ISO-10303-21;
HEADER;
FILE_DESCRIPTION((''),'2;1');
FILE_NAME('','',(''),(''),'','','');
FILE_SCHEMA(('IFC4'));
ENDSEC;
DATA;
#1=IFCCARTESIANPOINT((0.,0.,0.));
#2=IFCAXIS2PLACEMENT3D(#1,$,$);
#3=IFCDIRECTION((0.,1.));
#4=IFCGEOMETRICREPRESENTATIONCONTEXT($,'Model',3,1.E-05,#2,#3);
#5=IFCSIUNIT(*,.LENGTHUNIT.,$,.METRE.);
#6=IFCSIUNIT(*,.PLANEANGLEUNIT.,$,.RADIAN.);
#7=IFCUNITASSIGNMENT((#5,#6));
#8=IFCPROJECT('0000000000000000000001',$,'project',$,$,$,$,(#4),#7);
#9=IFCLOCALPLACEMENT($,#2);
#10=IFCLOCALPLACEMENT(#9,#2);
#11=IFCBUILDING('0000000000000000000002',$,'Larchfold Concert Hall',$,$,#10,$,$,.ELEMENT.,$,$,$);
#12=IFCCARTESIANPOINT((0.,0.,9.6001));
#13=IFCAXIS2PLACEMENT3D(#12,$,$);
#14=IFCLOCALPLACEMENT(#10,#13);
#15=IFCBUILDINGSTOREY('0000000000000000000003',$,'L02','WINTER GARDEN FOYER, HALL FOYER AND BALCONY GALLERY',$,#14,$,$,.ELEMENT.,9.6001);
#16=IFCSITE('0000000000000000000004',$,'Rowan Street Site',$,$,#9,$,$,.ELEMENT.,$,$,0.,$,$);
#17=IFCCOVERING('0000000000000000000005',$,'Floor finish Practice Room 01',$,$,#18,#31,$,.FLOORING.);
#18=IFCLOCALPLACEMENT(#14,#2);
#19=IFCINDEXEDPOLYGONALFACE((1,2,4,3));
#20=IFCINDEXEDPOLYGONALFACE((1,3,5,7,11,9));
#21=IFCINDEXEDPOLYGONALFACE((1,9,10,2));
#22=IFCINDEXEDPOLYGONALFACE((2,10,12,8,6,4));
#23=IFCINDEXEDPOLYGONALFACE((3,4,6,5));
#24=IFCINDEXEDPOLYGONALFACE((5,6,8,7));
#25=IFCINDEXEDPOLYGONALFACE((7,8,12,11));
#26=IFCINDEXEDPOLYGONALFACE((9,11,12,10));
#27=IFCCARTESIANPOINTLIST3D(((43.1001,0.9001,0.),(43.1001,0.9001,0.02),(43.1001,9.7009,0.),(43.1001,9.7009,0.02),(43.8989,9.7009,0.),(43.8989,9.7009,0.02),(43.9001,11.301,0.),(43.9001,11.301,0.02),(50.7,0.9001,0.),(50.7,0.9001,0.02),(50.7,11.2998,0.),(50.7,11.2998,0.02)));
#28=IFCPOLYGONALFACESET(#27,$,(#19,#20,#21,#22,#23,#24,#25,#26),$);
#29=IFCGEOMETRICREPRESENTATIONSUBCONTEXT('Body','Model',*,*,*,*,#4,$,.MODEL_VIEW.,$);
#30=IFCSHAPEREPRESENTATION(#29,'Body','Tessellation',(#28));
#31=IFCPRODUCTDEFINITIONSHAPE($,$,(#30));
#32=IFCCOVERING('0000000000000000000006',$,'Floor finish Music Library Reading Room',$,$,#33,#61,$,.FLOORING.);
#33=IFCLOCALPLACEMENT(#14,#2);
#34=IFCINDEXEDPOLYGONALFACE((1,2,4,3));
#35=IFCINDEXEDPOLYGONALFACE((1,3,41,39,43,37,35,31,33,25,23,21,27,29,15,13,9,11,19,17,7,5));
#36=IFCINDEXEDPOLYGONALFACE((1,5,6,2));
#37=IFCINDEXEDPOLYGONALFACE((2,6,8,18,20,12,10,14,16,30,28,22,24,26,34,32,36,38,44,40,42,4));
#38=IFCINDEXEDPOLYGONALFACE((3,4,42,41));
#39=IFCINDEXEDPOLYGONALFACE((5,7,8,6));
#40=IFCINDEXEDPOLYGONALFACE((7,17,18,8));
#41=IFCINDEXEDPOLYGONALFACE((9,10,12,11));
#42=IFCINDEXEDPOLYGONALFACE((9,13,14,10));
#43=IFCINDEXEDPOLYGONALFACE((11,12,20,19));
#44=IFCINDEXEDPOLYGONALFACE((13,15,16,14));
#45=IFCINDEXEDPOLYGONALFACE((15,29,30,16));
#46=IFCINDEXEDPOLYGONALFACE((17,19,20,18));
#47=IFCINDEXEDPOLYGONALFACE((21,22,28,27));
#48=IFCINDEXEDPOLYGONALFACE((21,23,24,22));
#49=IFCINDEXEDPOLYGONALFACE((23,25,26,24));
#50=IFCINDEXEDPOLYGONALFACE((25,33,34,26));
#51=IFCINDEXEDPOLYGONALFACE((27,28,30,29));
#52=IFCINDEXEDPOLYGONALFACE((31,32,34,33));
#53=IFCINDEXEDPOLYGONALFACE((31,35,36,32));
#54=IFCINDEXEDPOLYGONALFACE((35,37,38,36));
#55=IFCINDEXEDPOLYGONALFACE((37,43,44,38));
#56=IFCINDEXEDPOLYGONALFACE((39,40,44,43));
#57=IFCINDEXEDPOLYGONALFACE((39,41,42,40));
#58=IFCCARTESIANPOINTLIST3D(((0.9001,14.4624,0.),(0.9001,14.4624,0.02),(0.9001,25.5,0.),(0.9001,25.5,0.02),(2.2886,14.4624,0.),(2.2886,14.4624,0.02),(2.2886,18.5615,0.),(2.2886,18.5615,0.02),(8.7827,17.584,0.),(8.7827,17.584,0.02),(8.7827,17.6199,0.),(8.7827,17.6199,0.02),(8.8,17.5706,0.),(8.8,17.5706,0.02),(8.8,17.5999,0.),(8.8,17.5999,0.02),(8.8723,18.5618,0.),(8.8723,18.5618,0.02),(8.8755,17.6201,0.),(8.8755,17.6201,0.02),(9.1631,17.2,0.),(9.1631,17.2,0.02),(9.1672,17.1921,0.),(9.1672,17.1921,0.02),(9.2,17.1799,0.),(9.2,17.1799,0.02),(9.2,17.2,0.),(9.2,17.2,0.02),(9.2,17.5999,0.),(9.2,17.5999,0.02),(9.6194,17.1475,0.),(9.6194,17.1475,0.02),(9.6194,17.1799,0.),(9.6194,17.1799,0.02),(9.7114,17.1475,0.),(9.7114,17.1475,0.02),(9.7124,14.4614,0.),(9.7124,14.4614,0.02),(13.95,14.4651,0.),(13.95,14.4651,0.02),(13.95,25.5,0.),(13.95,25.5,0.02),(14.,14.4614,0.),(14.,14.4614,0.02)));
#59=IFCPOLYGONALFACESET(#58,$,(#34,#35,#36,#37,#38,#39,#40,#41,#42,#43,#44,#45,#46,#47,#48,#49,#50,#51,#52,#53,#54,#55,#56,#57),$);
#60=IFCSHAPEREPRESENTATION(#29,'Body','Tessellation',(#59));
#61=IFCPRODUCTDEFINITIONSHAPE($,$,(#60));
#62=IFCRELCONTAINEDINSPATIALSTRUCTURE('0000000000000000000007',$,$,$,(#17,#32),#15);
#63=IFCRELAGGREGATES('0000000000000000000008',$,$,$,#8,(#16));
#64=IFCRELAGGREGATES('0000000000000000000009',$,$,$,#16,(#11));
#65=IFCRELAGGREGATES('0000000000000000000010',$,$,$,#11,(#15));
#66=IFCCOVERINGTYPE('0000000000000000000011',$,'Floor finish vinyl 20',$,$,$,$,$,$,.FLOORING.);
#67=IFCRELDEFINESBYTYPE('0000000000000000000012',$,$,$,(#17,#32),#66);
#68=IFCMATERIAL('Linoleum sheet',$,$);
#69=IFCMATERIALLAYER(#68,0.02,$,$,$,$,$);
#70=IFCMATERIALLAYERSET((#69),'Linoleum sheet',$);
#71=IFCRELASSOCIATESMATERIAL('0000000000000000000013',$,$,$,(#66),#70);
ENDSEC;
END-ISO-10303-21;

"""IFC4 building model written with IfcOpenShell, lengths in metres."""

from ifc_helpers import new_model, si_unit, direction, frame, origin, place, context, subcontext, project, spatial, polyline, outline, extrude, material, layer, layer_set, type_object, element, save


model = new_model("IFC4")

# Units and contexts
model_context = context("Model", 3, precision=1e-05, world=origin(), true_north=direction((0.0, 1.0)))
body_context = subcontext(model_context, "Body", "Model", "MODEL_VIEW")
ifc_project = project(units=[si_unit("LENGTHUNIT", "METRE"), si_unit("PLANEANGLEUNIT", "RADIAN")], contexts=[model_context])

# Site, building, storey
site_placement = place(None, origin())
site = spatial("IfcSite", under=ifc_project, at=site_placement, Name="Rowan Street Site", CompositionType="ELEMENT", RefElevation=0.0)
building_placement = place(site_placement, origin())
building = spatial("IfcBuilding", under=site, at=building_placement, Name="Larchfold Concert Hall", CompositionType="ELEMENT")
storey_placement = place(building_placement, frame((0.0, 0.0, 9.6001)))
storey = spatial("IfcBuildingStorey", under=building, at=storey_placement, Name="L02", Description="WINTER GARDEN FOYER, HALL FOYER AND BALCONY GALLERY", CompositionType="ELEMENT", Elevation=9.6001)

# Coverings
ifc_material_1 = material(Name="Linoleum sheet")
ifc_layer_1 = layer(ifc_material_1, 0.02)
ifc_layer_set_1 = layer_set([ifc_layer_1], Name="Linoleum sheet")
covering_type_1 = type_object("IfcCoveringType", Name="Floor finish vinyl 20", PredefinedType="FLOORING", material=ifc_layer_set_1)
covering_1_placement = place(storey_placement, origin())
element("IfcCovering", 1, at=covering_1_placement, inside=storey, type_object=covering_type_1, Name="Floor finish Practice Room 01", PredefinedType="FLOORING", context=body_context, shape_type="SweptSolid", body=[
    extrude(outline(polyline([(43.1001, 9.7009), (43.1001, 0.9001), (50.7, 0.9001), (50.7, 11.2998), (43.9001, 11.301), (43.8989, 9.7009), (43.1001, 9.7009)])), origin(), (0.0, 0.0, 1.0), 0.02),
])
covering_2_placement = place(storey_placement, origin())
element("IfcCovering", 2, at=covering_2_placement, inside=storey, type_object=covering_type_1, Name="Floor finish Music Library Reading Room", PredefinedType="FLOORING", context=body_context, shape_type="SweptSolid", body=[
    extrude(outline(polyline([(8.8723, 18.5618), (8.8755, 17.6201), (8.7827, 17.6199), (8.7827, 17.584), (8.8, 17.5706), (8.8, 17.5999), (9.2, 17.5999), (9.2, 17.2), (9.1631, 17.2), (9.1672, 17.1921), (9.2, 17.1799), (9.6194, 17.1799), (9.6194, 17.1475), (9.7114, 17.1475), (9.7124, 14.3999), (9.7124, 14.4614), (14.0, 14.4614), (13.95, 14.4651), (13.95, 25.5), (0.9001, 25.5), (0.9001, 14.4624), (2.2886, 14.4624), (2.2886, 18.5615), (8.8723, 18.5618)])), origin(), (0.0, 0.0, 1.0), 0.02),
])

save(model, "model.ifc")
